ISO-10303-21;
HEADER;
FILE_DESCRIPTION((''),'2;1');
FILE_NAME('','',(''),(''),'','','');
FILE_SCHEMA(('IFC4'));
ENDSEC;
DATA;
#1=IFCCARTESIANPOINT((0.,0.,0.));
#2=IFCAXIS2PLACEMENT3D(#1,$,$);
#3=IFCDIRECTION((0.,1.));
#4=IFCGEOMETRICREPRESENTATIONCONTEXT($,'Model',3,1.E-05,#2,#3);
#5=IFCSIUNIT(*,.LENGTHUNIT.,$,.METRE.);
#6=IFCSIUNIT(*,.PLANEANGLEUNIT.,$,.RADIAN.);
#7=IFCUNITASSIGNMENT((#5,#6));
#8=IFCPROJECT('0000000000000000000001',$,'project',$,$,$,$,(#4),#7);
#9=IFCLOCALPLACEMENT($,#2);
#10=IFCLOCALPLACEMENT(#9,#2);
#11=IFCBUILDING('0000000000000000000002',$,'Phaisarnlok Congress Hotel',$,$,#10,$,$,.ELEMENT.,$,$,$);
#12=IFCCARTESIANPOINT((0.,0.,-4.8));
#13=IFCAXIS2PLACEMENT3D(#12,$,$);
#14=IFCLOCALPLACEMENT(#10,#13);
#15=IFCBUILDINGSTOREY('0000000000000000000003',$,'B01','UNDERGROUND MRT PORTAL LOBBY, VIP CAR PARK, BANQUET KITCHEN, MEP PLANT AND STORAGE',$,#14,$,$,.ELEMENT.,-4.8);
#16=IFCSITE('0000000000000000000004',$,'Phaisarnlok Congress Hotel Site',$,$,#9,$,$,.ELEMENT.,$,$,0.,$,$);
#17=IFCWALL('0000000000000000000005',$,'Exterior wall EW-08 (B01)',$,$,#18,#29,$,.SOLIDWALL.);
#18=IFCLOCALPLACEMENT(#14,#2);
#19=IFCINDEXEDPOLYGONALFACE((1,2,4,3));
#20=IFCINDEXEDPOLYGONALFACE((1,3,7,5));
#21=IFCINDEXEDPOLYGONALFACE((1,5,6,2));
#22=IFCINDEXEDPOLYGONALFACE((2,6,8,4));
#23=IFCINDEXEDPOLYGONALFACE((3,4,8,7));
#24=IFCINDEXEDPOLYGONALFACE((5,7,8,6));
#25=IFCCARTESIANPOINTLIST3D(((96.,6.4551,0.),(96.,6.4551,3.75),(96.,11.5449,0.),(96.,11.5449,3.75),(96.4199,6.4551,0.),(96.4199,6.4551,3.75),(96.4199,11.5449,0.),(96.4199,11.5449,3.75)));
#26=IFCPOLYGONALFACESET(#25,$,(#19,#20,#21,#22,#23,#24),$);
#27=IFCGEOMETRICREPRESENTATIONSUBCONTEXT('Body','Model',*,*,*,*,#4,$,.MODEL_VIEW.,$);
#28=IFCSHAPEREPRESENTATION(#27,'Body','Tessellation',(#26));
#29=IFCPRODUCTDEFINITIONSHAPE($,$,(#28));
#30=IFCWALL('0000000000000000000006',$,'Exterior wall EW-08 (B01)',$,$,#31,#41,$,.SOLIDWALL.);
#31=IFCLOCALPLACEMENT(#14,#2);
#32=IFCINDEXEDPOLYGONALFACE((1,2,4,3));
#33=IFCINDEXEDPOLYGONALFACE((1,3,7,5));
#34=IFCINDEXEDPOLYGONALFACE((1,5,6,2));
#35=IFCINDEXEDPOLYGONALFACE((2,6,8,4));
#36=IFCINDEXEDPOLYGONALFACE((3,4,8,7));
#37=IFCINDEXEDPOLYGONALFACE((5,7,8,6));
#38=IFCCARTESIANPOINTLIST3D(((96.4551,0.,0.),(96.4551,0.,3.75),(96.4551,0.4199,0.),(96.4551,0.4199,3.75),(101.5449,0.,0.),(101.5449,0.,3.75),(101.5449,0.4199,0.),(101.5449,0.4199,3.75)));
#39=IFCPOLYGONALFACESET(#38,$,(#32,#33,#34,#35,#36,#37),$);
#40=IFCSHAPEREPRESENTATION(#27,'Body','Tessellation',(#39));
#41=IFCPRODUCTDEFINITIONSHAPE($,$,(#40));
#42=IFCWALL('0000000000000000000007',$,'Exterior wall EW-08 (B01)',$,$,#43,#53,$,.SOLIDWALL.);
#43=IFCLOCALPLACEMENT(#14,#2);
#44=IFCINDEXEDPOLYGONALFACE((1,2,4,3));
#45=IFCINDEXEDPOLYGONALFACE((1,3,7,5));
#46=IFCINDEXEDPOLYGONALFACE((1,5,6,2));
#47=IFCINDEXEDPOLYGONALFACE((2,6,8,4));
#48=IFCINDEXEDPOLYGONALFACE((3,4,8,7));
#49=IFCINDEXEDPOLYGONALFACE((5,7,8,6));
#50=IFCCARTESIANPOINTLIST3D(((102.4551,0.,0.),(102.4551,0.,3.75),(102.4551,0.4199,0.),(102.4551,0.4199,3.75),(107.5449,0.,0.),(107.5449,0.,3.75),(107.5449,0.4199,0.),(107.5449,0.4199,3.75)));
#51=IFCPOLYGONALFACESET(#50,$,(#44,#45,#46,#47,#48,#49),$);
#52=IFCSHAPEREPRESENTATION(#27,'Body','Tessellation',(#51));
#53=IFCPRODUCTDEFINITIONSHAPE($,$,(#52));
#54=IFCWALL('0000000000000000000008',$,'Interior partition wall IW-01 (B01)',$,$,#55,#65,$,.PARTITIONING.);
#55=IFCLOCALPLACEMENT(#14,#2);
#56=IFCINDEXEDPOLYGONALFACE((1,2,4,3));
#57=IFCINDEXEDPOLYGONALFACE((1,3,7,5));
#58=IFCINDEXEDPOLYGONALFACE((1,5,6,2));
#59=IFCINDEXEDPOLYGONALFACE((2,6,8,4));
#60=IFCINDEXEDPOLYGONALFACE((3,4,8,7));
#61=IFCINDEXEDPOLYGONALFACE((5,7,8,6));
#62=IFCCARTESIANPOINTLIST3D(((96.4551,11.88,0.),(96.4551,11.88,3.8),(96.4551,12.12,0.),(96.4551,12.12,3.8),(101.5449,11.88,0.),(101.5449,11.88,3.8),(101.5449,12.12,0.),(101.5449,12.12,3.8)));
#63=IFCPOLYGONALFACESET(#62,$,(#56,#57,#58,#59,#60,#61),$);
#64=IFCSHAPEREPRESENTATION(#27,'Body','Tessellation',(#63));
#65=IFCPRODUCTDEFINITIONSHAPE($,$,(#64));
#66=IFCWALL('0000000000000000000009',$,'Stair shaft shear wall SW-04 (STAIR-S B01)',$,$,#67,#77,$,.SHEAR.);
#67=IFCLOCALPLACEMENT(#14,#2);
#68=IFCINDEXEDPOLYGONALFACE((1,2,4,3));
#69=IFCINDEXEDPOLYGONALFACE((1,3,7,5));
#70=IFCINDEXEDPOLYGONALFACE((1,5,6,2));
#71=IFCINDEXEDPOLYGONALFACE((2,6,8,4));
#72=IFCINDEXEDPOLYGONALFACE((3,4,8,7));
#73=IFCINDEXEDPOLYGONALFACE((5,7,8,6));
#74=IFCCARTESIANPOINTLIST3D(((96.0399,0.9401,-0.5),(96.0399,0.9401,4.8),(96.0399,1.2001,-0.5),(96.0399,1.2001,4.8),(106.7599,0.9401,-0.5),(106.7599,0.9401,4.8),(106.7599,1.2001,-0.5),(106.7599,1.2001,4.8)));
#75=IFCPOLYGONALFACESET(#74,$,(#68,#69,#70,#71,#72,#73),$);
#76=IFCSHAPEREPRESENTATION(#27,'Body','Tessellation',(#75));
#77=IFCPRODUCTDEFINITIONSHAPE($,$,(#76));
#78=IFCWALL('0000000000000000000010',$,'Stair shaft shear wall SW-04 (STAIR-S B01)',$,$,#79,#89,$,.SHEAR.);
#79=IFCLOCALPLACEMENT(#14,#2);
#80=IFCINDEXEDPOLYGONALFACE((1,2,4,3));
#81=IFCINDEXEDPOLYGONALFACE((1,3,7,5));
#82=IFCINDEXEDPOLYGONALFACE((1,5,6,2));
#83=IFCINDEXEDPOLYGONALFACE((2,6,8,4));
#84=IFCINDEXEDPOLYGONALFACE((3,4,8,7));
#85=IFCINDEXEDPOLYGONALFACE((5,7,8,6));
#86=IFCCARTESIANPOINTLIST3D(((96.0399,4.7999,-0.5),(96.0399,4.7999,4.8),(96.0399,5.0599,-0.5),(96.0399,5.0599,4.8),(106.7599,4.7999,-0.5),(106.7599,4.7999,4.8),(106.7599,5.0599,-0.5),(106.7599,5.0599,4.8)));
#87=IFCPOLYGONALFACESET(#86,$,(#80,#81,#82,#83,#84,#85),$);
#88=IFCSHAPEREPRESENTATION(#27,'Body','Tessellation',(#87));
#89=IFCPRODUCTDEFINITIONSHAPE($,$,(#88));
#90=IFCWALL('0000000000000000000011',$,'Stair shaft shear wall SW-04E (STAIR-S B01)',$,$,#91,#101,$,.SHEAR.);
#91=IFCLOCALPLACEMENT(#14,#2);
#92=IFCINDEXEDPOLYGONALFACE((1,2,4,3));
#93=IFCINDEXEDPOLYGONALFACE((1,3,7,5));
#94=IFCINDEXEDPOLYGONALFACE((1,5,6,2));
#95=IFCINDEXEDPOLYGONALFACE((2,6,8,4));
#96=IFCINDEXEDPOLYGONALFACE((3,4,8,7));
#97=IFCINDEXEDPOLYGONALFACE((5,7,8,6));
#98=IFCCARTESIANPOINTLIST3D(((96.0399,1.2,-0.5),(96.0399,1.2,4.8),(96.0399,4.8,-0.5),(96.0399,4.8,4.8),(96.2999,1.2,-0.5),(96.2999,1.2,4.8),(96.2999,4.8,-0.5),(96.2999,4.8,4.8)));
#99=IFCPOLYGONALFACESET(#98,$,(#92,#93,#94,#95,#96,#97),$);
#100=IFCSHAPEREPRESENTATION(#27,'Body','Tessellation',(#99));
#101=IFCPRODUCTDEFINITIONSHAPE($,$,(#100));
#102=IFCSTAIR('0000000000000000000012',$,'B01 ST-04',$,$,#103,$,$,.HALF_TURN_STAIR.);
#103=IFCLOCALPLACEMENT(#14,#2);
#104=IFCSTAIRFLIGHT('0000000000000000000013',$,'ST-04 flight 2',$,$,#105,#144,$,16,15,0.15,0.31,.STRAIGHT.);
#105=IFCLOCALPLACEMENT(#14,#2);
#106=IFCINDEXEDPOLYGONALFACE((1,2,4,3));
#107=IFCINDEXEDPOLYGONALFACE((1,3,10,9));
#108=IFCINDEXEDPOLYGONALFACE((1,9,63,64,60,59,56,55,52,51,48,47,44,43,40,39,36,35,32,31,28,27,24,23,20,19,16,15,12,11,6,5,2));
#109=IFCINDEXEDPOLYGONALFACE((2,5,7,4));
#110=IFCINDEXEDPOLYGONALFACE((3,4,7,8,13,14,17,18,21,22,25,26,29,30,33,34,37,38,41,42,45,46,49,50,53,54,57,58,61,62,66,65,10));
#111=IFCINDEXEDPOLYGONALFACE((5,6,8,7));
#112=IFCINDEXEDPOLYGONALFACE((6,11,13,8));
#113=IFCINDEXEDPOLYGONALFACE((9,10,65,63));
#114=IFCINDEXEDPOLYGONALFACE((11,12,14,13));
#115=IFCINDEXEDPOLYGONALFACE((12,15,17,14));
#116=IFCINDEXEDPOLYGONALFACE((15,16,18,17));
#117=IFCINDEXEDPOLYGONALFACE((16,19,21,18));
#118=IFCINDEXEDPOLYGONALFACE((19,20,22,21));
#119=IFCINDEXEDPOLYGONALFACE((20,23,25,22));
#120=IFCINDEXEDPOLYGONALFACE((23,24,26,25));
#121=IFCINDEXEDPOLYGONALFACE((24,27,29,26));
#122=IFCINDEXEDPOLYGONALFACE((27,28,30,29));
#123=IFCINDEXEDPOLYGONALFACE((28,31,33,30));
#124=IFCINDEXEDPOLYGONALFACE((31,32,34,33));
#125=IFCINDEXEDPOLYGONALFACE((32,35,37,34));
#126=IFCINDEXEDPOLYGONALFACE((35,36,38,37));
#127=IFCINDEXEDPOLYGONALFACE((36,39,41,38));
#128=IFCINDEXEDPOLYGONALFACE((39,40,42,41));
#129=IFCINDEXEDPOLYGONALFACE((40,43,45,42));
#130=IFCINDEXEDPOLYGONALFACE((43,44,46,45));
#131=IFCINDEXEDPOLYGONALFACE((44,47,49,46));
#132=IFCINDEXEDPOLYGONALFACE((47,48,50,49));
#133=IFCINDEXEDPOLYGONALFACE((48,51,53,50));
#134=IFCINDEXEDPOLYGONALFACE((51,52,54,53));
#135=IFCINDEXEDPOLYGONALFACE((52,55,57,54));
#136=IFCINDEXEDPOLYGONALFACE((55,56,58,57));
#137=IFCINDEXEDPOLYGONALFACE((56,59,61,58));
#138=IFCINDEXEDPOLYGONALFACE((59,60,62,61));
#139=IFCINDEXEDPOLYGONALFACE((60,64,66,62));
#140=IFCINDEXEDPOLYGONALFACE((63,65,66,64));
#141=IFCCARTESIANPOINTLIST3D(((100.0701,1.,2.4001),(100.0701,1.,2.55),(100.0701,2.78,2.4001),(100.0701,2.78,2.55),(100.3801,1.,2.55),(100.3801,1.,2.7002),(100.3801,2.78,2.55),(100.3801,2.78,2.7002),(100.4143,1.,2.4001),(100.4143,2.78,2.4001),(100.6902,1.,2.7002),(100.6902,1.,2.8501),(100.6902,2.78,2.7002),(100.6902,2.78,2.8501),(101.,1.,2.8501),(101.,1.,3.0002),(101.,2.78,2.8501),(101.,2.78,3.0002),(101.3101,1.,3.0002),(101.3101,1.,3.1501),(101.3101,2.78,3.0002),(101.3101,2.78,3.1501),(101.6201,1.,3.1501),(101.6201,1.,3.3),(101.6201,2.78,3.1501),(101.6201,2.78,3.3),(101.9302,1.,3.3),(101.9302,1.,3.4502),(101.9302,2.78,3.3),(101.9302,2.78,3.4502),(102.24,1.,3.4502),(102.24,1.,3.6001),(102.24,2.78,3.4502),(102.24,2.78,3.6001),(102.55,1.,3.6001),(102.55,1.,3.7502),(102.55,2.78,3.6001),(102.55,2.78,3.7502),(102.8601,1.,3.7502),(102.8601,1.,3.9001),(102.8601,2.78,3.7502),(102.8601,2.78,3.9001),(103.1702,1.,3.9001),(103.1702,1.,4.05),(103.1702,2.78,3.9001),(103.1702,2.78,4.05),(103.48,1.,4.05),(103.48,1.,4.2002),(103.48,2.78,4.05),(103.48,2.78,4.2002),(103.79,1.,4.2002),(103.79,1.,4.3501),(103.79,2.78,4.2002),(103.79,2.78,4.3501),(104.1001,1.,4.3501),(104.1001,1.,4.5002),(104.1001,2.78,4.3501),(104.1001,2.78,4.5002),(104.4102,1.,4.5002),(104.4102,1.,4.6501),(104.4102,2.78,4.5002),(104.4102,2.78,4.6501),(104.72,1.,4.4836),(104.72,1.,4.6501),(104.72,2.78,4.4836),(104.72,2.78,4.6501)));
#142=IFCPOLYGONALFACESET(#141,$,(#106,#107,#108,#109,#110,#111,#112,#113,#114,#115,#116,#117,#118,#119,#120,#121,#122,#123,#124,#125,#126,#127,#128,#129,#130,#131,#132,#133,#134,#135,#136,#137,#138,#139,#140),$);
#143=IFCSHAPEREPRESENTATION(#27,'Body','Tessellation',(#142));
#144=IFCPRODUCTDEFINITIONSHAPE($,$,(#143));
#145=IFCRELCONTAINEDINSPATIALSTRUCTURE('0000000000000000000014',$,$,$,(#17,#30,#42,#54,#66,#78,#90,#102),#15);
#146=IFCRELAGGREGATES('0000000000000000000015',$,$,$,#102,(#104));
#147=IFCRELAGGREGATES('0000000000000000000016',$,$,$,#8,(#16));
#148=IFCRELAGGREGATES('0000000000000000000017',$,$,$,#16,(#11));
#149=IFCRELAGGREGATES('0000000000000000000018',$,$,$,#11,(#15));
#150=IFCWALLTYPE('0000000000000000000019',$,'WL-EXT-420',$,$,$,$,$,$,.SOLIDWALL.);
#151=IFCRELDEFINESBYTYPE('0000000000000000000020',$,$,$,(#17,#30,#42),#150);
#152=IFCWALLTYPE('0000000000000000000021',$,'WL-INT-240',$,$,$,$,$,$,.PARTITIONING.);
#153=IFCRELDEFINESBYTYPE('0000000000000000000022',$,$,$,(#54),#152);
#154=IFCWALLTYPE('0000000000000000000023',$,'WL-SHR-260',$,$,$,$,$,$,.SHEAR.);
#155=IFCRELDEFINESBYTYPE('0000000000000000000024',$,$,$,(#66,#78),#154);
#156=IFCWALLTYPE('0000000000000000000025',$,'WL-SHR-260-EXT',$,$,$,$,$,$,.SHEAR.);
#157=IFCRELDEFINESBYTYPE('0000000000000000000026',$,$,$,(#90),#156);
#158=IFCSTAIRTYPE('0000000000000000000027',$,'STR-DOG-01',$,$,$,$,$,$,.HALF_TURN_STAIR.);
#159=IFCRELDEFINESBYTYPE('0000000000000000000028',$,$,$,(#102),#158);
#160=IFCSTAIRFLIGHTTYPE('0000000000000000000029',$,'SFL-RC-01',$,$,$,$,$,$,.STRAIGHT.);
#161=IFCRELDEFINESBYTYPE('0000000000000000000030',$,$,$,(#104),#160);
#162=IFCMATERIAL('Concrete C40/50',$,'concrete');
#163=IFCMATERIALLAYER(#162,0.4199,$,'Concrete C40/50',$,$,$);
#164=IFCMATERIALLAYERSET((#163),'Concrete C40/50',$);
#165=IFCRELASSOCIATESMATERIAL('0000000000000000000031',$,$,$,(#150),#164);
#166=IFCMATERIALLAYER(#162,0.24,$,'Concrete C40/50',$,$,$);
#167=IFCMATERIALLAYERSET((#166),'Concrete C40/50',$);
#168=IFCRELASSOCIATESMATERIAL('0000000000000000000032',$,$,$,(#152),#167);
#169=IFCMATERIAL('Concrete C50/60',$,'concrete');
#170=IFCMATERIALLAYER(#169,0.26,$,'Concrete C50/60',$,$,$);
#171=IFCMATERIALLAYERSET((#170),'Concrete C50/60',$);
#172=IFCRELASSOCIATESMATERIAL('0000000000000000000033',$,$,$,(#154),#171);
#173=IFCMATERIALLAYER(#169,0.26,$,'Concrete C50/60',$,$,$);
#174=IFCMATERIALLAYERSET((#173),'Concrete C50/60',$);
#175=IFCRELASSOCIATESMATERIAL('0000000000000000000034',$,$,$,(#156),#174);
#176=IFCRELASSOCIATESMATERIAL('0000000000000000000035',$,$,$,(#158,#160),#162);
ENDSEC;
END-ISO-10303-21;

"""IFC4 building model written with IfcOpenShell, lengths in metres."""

from ifc_helpers import new_model, si_unit, direction, frame, frame_2d, origin, place, context, subcontext, project, spatial, polyline, rectangle, outline, extrude, material, layer, layer_set, type_object, element, aggregate, save


model = new_model("IFC4")

# Units and contexts
model_context = context("Model", 3, precision=1e-05, world=origin(), true_north=direction((0.0, 1.0)))
body_context = subcontext(model_context, "Body", "Model", "MODEL_VIEW")
ifc_project = project(units=[si_unit("LENGTHUNIT", "METRE"), si_unit("PLANEANGLEUNIT", "RADIAN")], contexts=[model_context])

# Site, building, storey
site_placement = place(None, origin())
site = spatial("IfcSite", under=ifc_project, at=site_placement, Name="Phaisarnlok Congress Hotel Site", CompositionType="ELEMENT", RefElevation=0.0)
building_placement = place(site_placement, origin())
building = spatial("IfcBuilding", under=site, at=building_placement, Name="Phaisarnlok Congress Hotel", CompositionType="ELEMENT")
storey_placement = place(building_placement, frame((0.0, 0.0, -4.8)))
storey = spatial("IfcBuildingStorey", under=building, at=storey_placement, Name="B01", Description="UNDERGROUND MRT PORTAL LOBBY, VIP CAR PARK, BANQUET KITCHEN, MEP PLANT AND STORAGE", CompositionType="ELEMENT", Elevation=-4.8)

# Shared definitions
ifc_material_1 = material(Name="Concrete C40/50", Category="concrete")

# Shared definitions
ifc_material_2 = material(Name="Concrete C50/60", Category="concrete")

# Walls
ifc_layer_1 = layer(ifc_material_1, 0.4199, Name="Concrete C40/50")
ifc_layer_set_1 = layer_set([ifc_layer_1], Name="Concrete C40/50")
wall_type_1 = type_object("IfcWallType", Name="WL-EXT-420", PredefinedType="SOLIDWALL", material=ifc_layer_set_1)
for number, where, z_axis, x_axis, name in (
    (1, (96.21, 11.5449, 0.0), (0.0, 0.0, 1.0), (0.0, -1.0, 0.0), "Exterior wall EW-08 (B01)"),
    (2, (96.4551, 0.21, 0.0), (0.0, 0.0, 1.0), (1.0, 0.0, 0.0), "Exterior wall EW-08 (B01)"),
    (3, (102.4551, 0.21, 0.0), (0.0, 0.0, 1.0), (1.0, 0.0, 0.0), "Exterior wall EW-08 (B01)"),
):
    element("IfcWall", number, at=place(storey_placement, frame(where, z_axis=z_axis, x_axis=x_axis)), inside=storey, type_object=wall_type_1, Name=name, PredefinedType="SOLIDWALL", context=body_context, shape_type="SweptSolid", body=[
        extrude(rectangle(XDim=5.0898, YDim=0.4199, at=frame_2d((2.5449, 0.0))), origin(), (0.0, 0.0, 1.0), 3.75),
    ])
ifc_layer_2 = layer(ifc_material_1, 0.24, Name="Concrete C40/50")
ifc_layer_set_2 = layer_set([ifc_layer_2], Name="Concrete C40/50")
wall_type_2 = type_object("IfcWallType", Name="WL-INT-240", PredefinedType="PARTITIONING", material=ifc_layer_set_2)
wall_1_placement = place(storey_placement, frame((96.4551, 12.0, 0.0), z_axis=(0.0, 0.0, 1.0), x_axis=(1.0, 0.0, 0.0)))
element("IfcWall", 4, at=wall_1_placement, inside=storey, type_object=wall_type_2, Name="Interior partition wall IW-01 (B01)", PredefinedType="PARTITIONING", context=body_context, shape_type="SweptSolid", body=[
    extrude(rectangle(XDim=5.0898, YDim=0.24, at=frame_2d((2.5449, 0.0))), origin(), (0.0, 0.0, 1.0), 3.8),
])
ifc_layer_3 = layer(ifc_material_2, 0.26, Name="Concrete C50/60")
ifc_layer_set_3 = layer_set([ifc_layer_3], Name="Concrete C50/60")
wall_type_3 = type_object("IfcWallType", Name="WL-SHR-260", PredefinedType="SHEAR", material=ifc_layer_set_3)
for number, where, z_axis, x_axis, name in (
    (5, (96.04, 1.0701, -0.5), (0.0, 0.0, 1.0), (1.0, 0.0, 0.0), "Stair shaft shear wall SW-04 (STAIR-S B01)"),
    (6, (96.04, 4.9299, -0.5), (0.0, 0.0, 1.0), (1.0, 0.0, 0.0), "Stair shaft shear wall SW-04 (STAIR-S B01)"),
):
    element("IfcWall", number, at=place(storey_placement, frame(where, z_axis=z_axis, x_axis=x_axis)), inside=storey, type_object=wall_type_3, Name=name, PredefinedType="SHEAR", context=body_context, shape_type="SweptSolid", body=[
        extrude(rectangle(XDim=10.72, YDim=0.26, at=frame_2d((5.3599, 0.0))), origin(), (0.0, 0.0, 1.0), 5.3),
    ])
ifc_layer_4 = layer(ifc_material_2, 0.26, Name="Concrete C50/60")
ifc_layer_set_4 = layer_set([ifc_layer_4], Name="Concrete C50/60")
wall_type_4 = type_object("IfcWallType", Name="WL-SHR-260-EXT", PredefinedType="SHEAR", material=ifc_layer_set_4)
wall_2_placement = place(storey_placement, frame((96.1699, 1.2, -0.5), z_axis=(0.0, 0.0, 1.0), x_axis=(0.0, 1.0, 0.0)))
element("IfcWall", 7, at=wall_2_placement, inside=storey, type_object=wall_type_4, Name="Stair shaft shear wall SW-04E (STAIR-S B01)", PredefinedType="SHEAR", context=body_context, shape_type="SweptSolid", body=[
    extrude(rectangle(XDim=3.6001, YDim=0.26, at=frame_2d((1.8, 0.0))), origin(), (0.0, 0.0, 1.0), 5.3),
])

# Stair, stair flight
stair_type = type_object("IfcStairType", Name="STR-DOG-01", PredefinedType="HALF_TURN_STAIR", material=ifc_material_1)
stair_placement = place(storey_placement, origin())
stair = element("IfcStair", 8, at=stair_placement, inside=storey, type_object=stair_type, Name="B01 ST-04", PredefinedType="HALF_TURN_STAIR")
stair_flight_type = type_object("IfcStairFlightType", Name="SFL-RC-01", PredefinedType="STRAIGHT", material=ifc_material_1)
stair_flight_placement = place(storey_placement, frame((100.0701, 1.8899, 2.4001), z_axis=(0.0, 0.0, 1.0), x_axis=(1.0, 0.0, 0.0)))
stair_flight = element("IfcStairFlight", 9, at=stair_flight_placement, type_object=stair_flight_type, Name="ST-04 flight 2", NumberOfRisers=16, NumberOfTreads=15, PredefinedType="STRAIGHT", RiserHeight=0.15, TreadLength=0.31, context=body_context, shape_type="SweptSolid", body=[
    extrude(outline(polyline([(0.0, 0.0), (0.0, 0.1499), (0.3101, 0.1499), (0.3101, 0.3), (0.6201, 0.3), (0.6201, 0.45), (0.9299, 0.45), (0.9299, 0.6001), (1.24, 0.6001), (1.24, 0.75), (1.55, 0.75), (1.55, 0.8999), (1.8601, 0.8999), (1.8601, 1.05), (2.1699, 1.05), (2.1699, 1.2), (2.48, 1.2), (2.48, 1.3501), (2.79, 1.3501), (2.79, 1.5), (3.1001, 1.5), (3.1001, 1.6499), (3.4099, 1.6499), (3.4099, 1.8), (3.72, 1.8), (3.72, 1.95), (4.03, 1.95), (4.03, 2.1001), (4.3401, 2.1001), (4.3401, 2.25), (4.6499, 2.25), (4.6499, 2.3999), (4.6499, 2.0835), (0.3442, 0.0), (0.0, 0.0)])), frame((0.0, 0.8901, 0.0), z_axis=(0.0, -1.0, 0.0), x_axis=(1.0, 0.0, 0.0)), (0.0, 0.0, 1.0), 1.78),
])
aggregate(stair, [stair_flight])

save(model, "model.ifc")
